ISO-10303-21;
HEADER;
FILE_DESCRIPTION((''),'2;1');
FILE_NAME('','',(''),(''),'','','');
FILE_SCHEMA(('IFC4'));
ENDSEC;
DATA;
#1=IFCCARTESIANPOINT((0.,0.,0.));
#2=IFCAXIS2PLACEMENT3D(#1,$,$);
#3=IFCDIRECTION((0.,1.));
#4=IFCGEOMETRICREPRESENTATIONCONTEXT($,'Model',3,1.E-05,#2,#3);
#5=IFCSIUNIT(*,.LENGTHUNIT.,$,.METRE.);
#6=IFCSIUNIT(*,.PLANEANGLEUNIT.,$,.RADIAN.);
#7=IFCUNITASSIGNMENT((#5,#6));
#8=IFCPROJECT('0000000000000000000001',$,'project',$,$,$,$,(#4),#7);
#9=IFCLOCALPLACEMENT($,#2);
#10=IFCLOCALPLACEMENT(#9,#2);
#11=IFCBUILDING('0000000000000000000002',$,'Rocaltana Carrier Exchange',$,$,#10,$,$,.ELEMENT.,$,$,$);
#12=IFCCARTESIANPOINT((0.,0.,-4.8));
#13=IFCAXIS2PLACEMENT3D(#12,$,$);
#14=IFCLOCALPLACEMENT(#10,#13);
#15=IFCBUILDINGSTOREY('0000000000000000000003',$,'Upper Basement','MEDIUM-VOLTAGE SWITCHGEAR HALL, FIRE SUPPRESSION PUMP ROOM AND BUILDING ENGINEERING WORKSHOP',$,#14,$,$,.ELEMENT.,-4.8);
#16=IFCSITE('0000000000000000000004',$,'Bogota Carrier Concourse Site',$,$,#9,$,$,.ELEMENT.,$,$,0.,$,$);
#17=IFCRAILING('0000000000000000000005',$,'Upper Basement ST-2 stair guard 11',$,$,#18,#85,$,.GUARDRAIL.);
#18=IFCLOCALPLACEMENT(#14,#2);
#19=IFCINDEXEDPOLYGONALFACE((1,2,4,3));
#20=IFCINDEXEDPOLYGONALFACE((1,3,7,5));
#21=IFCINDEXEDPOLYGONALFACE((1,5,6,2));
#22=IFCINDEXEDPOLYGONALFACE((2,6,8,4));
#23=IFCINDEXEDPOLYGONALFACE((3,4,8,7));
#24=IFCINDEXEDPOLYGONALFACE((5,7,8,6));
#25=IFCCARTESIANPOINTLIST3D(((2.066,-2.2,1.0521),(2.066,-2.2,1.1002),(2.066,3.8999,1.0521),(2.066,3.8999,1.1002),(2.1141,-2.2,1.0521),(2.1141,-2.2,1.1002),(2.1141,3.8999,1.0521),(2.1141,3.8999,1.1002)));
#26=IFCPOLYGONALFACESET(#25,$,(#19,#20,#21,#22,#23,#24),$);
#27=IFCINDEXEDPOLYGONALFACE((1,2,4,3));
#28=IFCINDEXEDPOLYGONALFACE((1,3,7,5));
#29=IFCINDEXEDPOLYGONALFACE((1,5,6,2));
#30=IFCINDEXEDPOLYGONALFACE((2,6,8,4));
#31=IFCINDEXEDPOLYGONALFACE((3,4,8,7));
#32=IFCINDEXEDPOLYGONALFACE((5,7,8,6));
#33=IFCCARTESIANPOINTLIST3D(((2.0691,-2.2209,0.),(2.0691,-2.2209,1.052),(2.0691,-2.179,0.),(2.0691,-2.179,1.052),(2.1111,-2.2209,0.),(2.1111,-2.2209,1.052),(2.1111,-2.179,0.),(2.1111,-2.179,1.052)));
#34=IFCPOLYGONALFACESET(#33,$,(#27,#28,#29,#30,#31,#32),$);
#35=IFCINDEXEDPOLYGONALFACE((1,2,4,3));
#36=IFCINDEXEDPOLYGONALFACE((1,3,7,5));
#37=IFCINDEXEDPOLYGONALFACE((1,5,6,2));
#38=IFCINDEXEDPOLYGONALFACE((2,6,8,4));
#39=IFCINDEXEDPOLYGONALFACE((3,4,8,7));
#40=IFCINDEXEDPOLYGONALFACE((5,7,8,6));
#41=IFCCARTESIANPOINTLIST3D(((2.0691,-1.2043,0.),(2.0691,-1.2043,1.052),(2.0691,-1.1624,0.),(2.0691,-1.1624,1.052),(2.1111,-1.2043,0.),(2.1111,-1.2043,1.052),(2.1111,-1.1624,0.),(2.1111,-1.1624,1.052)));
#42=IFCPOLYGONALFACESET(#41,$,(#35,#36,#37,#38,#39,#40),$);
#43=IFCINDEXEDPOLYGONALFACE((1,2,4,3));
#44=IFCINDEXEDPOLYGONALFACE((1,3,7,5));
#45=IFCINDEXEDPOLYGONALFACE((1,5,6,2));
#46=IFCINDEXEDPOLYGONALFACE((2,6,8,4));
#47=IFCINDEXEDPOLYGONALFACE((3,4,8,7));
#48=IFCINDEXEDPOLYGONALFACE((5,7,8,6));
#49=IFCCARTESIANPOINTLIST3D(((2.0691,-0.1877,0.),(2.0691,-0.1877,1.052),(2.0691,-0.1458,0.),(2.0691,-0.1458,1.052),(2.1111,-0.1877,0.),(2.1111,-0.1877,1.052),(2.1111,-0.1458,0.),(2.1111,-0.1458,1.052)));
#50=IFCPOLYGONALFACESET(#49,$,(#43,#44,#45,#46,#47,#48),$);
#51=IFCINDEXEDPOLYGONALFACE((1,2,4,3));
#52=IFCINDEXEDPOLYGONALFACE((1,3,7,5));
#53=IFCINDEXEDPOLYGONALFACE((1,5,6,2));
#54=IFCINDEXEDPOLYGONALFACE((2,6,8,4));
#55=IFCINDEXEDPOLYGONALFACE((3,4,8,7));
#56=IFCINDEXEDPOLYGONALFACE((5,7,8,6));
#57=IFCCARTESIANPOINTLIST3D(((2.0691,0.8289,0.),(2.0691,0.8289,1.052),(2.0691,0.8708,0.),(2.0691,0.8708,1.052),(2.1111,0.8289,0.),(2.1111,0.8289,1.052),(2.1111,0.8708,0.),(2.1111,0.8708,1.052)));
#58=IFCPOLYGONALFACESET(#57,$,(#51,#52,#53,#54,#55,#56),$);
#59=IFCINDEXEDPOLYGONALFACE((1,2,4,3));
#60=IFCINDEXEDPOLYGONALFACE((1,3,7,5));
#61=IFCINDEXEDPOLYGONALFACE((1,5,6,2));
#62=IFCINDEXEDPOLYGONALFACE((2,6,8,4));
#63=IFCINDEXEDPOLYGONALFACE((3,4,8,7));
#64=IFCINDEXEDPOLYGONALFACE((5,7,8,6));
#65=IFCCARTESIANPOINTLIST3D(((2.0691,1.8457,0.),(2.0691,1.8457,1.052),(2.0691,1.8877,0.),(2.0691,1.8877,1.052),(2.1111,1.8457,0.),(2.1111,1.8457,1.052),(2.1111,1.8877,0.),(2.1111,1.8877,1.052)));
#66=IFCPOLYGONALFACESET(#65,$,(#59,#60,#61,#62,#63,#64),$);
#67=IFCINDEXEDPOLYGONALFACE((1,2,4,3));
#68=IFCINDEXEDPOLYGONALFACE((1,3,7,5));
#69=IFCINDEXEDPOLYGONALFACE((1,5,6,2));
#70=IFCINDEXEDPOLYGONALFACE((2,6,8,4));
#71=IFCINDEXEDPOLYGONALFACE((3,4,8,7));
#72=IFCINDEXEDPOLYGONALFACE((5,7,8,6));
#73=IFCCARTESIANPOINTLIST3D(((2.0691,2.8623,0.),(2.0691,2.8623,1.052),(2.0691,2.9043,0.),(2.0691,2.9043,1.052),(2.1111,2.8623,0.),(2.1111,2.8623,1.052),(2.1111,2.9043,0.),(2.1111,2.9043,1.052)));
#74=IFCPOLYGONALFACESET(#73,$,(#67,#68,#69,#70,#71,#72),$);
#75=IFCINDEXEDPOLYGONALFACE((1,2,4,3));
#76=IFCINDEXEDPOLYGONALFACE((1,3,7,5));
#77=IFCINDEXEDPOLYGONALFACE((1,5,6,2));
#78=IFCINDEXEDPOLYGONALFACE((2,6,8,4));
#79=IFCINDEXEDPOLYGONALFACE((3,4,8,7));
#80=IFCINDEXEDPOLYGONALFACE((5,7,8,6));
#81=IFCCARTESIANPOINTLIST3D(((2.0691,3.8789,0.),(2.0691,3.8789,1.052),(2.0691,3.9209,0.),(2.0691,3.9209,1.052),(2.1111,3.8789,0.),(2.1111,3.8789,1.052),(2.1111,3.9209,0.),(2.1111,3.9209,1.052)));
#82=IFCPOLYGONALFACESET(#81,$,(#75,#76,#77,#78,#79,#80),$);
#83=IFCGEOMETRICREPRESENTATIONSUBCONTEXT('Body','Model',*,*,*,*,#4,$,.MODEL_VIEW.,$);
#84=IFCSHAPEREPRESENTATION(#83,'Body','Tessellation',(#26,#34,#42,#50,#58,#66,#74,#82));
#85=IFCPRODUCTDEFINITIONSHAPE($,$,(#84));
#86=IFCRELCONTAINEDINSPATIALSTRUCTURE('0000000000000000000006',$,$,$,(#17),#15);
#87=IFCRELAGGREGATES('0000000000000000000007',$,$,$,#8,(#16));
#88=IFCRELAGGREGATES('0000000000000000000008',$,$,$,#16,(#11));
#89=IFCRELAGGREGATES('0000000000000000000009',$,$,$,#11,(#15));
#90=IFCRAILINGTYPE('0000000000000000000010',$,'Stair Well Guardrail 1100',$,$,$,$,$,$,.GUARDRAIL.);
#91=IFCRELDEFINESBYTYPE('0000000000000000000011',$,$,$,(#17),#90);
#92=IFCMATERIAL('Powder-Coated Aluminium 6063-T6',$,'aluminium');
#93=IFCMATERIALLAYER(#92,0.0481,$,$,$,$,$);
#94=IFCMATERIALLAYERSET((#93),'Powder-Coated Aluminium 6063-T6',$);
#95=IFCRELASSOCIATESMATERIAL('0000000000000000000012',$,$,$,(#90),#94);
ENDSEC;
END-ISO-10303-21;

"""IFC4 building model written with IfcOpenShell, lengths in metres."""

from ifc_helpers import new_model, si_unit, direction, frame, origin, origin_2d, place, context, subcontext, project, spatial, rectangle, extrude, material, layer, layer_set, type_object, element, save


model = new_model("IFC4")

# Units and contexts
model_context = context("Model", 3, precision=1e-05, world=origin(), true_north=direction((0.0, 1.0)))
body_context = subcontext(model_context, "Body", "Model", "MODEL_VIEW")
ifc_project = project(units=[si_unit("LENGTHUNIT", "METRE"), si_unit("PLANEANGLEUNIT", "RADIAN")], contexts=[model_context])

# Site, building, storey
site_placement = place(None, origin())
site = spatial("IfcSite", under=ifc_project, at=site_placement, Name="Bogota Carrier Concourse Site", CompositionType="ELEMENT", RefElevation=0.0)
building_placement = place(site_placement, origin())
building = spatial("IfcBuilding", under=site, at=building_placement, Name="Rocaltana Carrier Exchange", CompositionType="ELEMENT")
storey_placement = place(building_placement, frame((0.0, 0.0, -4.8)))
storey = spatial("IfcBuildingStorey", under=building, at=storey_placement, Name="Upper Basement", Description="MEDIUM-VOLTAGE SWITCHGEAR HALL, FIRE SUPPRESSION PUMP ROOM AND BUILDING ENGINEERING WORKSHOP", CompositionType="ELEMENT", Elevation=-4.8)

# Railing
ifc_material_1 = material(Name="Powder-Coated Aluminium 6063-T6", Category="aluminium")
ifc_layer_1 = layer(ifc_material_1, 0.0481)
ifc_layer_set_1 = layer_set([ifc_layer_1], Name="Powder-Coated Aluminium 6063-T6")
railing_type_1 = type_object("IfcRailingType", Name="Stair Well Guardrail 1100", PredefinedType="GUARDRAIL", material=ifc_layer_set_1)
for number, where, name in (
    (1, (2.0901, -2.2, 0.0), "Upper Basement ST-2 stair guard 11"),
):
    element("IfcRailing", number, at=place(storey_placement, frame(where)), inside=storey, type_object=railing_type_1, Name=name, PredefinedType="GUARDRAIL", context=body_context, shape_type="SweptSolid", body=[
        extrude(rectangle(XDim=0.0481, YDim=0.0481, at=origin_2d()), frame((0.0, 0.0, 1.0762), z_axis=(0.0, 1.0, 0.0), x_axis=(-1.0, 0.0, 0.0)), (0.0, 0.0, 1.0), 6.0999),
        extrude(rectangle(XDim=0.042, YDim=0.042, at=origin_2d()), origin(), (0.0, 0.0, 1.0), 1.052),
        extrude(rectangle(XDim=0.042, YDim=0.042, at=origin_2d()), frame((0.0, 1.0166, 0.0)), (0.0, 0.0, 1.0), 1.052),
        extrude(rectangle(XDim=0.042, YDim=0.042, at=origin_2d()), frame((0.0, 2.0332, 0.0)), (0.0, 0.0, 1.0), 1.052),
        extrude(rectangle(XDim=0.042, YDim=0.042, at=origin_2d()), frame((0.0, 3.0498, 0.0)), (0.0, 0.0, 1.0), 1.052),
        extrude(rectangle(XDim=0.042, YDim=0.042, at=origin_2d()), frame((0.0, 4.0667, 0.0)), (0.0, 0.0, 1.0), 1.052),
        extrude(rectangle(XDim=0.042, YDim=0.042, at=origin_2d()), frame((0.0, 5.0833, 0.0)), (0.0, 0.0, 1.0), 1.052),
        extrude(rectangle(XDim=0.042, YDim=0.042, at=origin_2d()), frame((0.0, 6.0999, 0.0)), (0.0, 0.0, 1.0), 1.052),
    ])

save(model, "model.ifc")
